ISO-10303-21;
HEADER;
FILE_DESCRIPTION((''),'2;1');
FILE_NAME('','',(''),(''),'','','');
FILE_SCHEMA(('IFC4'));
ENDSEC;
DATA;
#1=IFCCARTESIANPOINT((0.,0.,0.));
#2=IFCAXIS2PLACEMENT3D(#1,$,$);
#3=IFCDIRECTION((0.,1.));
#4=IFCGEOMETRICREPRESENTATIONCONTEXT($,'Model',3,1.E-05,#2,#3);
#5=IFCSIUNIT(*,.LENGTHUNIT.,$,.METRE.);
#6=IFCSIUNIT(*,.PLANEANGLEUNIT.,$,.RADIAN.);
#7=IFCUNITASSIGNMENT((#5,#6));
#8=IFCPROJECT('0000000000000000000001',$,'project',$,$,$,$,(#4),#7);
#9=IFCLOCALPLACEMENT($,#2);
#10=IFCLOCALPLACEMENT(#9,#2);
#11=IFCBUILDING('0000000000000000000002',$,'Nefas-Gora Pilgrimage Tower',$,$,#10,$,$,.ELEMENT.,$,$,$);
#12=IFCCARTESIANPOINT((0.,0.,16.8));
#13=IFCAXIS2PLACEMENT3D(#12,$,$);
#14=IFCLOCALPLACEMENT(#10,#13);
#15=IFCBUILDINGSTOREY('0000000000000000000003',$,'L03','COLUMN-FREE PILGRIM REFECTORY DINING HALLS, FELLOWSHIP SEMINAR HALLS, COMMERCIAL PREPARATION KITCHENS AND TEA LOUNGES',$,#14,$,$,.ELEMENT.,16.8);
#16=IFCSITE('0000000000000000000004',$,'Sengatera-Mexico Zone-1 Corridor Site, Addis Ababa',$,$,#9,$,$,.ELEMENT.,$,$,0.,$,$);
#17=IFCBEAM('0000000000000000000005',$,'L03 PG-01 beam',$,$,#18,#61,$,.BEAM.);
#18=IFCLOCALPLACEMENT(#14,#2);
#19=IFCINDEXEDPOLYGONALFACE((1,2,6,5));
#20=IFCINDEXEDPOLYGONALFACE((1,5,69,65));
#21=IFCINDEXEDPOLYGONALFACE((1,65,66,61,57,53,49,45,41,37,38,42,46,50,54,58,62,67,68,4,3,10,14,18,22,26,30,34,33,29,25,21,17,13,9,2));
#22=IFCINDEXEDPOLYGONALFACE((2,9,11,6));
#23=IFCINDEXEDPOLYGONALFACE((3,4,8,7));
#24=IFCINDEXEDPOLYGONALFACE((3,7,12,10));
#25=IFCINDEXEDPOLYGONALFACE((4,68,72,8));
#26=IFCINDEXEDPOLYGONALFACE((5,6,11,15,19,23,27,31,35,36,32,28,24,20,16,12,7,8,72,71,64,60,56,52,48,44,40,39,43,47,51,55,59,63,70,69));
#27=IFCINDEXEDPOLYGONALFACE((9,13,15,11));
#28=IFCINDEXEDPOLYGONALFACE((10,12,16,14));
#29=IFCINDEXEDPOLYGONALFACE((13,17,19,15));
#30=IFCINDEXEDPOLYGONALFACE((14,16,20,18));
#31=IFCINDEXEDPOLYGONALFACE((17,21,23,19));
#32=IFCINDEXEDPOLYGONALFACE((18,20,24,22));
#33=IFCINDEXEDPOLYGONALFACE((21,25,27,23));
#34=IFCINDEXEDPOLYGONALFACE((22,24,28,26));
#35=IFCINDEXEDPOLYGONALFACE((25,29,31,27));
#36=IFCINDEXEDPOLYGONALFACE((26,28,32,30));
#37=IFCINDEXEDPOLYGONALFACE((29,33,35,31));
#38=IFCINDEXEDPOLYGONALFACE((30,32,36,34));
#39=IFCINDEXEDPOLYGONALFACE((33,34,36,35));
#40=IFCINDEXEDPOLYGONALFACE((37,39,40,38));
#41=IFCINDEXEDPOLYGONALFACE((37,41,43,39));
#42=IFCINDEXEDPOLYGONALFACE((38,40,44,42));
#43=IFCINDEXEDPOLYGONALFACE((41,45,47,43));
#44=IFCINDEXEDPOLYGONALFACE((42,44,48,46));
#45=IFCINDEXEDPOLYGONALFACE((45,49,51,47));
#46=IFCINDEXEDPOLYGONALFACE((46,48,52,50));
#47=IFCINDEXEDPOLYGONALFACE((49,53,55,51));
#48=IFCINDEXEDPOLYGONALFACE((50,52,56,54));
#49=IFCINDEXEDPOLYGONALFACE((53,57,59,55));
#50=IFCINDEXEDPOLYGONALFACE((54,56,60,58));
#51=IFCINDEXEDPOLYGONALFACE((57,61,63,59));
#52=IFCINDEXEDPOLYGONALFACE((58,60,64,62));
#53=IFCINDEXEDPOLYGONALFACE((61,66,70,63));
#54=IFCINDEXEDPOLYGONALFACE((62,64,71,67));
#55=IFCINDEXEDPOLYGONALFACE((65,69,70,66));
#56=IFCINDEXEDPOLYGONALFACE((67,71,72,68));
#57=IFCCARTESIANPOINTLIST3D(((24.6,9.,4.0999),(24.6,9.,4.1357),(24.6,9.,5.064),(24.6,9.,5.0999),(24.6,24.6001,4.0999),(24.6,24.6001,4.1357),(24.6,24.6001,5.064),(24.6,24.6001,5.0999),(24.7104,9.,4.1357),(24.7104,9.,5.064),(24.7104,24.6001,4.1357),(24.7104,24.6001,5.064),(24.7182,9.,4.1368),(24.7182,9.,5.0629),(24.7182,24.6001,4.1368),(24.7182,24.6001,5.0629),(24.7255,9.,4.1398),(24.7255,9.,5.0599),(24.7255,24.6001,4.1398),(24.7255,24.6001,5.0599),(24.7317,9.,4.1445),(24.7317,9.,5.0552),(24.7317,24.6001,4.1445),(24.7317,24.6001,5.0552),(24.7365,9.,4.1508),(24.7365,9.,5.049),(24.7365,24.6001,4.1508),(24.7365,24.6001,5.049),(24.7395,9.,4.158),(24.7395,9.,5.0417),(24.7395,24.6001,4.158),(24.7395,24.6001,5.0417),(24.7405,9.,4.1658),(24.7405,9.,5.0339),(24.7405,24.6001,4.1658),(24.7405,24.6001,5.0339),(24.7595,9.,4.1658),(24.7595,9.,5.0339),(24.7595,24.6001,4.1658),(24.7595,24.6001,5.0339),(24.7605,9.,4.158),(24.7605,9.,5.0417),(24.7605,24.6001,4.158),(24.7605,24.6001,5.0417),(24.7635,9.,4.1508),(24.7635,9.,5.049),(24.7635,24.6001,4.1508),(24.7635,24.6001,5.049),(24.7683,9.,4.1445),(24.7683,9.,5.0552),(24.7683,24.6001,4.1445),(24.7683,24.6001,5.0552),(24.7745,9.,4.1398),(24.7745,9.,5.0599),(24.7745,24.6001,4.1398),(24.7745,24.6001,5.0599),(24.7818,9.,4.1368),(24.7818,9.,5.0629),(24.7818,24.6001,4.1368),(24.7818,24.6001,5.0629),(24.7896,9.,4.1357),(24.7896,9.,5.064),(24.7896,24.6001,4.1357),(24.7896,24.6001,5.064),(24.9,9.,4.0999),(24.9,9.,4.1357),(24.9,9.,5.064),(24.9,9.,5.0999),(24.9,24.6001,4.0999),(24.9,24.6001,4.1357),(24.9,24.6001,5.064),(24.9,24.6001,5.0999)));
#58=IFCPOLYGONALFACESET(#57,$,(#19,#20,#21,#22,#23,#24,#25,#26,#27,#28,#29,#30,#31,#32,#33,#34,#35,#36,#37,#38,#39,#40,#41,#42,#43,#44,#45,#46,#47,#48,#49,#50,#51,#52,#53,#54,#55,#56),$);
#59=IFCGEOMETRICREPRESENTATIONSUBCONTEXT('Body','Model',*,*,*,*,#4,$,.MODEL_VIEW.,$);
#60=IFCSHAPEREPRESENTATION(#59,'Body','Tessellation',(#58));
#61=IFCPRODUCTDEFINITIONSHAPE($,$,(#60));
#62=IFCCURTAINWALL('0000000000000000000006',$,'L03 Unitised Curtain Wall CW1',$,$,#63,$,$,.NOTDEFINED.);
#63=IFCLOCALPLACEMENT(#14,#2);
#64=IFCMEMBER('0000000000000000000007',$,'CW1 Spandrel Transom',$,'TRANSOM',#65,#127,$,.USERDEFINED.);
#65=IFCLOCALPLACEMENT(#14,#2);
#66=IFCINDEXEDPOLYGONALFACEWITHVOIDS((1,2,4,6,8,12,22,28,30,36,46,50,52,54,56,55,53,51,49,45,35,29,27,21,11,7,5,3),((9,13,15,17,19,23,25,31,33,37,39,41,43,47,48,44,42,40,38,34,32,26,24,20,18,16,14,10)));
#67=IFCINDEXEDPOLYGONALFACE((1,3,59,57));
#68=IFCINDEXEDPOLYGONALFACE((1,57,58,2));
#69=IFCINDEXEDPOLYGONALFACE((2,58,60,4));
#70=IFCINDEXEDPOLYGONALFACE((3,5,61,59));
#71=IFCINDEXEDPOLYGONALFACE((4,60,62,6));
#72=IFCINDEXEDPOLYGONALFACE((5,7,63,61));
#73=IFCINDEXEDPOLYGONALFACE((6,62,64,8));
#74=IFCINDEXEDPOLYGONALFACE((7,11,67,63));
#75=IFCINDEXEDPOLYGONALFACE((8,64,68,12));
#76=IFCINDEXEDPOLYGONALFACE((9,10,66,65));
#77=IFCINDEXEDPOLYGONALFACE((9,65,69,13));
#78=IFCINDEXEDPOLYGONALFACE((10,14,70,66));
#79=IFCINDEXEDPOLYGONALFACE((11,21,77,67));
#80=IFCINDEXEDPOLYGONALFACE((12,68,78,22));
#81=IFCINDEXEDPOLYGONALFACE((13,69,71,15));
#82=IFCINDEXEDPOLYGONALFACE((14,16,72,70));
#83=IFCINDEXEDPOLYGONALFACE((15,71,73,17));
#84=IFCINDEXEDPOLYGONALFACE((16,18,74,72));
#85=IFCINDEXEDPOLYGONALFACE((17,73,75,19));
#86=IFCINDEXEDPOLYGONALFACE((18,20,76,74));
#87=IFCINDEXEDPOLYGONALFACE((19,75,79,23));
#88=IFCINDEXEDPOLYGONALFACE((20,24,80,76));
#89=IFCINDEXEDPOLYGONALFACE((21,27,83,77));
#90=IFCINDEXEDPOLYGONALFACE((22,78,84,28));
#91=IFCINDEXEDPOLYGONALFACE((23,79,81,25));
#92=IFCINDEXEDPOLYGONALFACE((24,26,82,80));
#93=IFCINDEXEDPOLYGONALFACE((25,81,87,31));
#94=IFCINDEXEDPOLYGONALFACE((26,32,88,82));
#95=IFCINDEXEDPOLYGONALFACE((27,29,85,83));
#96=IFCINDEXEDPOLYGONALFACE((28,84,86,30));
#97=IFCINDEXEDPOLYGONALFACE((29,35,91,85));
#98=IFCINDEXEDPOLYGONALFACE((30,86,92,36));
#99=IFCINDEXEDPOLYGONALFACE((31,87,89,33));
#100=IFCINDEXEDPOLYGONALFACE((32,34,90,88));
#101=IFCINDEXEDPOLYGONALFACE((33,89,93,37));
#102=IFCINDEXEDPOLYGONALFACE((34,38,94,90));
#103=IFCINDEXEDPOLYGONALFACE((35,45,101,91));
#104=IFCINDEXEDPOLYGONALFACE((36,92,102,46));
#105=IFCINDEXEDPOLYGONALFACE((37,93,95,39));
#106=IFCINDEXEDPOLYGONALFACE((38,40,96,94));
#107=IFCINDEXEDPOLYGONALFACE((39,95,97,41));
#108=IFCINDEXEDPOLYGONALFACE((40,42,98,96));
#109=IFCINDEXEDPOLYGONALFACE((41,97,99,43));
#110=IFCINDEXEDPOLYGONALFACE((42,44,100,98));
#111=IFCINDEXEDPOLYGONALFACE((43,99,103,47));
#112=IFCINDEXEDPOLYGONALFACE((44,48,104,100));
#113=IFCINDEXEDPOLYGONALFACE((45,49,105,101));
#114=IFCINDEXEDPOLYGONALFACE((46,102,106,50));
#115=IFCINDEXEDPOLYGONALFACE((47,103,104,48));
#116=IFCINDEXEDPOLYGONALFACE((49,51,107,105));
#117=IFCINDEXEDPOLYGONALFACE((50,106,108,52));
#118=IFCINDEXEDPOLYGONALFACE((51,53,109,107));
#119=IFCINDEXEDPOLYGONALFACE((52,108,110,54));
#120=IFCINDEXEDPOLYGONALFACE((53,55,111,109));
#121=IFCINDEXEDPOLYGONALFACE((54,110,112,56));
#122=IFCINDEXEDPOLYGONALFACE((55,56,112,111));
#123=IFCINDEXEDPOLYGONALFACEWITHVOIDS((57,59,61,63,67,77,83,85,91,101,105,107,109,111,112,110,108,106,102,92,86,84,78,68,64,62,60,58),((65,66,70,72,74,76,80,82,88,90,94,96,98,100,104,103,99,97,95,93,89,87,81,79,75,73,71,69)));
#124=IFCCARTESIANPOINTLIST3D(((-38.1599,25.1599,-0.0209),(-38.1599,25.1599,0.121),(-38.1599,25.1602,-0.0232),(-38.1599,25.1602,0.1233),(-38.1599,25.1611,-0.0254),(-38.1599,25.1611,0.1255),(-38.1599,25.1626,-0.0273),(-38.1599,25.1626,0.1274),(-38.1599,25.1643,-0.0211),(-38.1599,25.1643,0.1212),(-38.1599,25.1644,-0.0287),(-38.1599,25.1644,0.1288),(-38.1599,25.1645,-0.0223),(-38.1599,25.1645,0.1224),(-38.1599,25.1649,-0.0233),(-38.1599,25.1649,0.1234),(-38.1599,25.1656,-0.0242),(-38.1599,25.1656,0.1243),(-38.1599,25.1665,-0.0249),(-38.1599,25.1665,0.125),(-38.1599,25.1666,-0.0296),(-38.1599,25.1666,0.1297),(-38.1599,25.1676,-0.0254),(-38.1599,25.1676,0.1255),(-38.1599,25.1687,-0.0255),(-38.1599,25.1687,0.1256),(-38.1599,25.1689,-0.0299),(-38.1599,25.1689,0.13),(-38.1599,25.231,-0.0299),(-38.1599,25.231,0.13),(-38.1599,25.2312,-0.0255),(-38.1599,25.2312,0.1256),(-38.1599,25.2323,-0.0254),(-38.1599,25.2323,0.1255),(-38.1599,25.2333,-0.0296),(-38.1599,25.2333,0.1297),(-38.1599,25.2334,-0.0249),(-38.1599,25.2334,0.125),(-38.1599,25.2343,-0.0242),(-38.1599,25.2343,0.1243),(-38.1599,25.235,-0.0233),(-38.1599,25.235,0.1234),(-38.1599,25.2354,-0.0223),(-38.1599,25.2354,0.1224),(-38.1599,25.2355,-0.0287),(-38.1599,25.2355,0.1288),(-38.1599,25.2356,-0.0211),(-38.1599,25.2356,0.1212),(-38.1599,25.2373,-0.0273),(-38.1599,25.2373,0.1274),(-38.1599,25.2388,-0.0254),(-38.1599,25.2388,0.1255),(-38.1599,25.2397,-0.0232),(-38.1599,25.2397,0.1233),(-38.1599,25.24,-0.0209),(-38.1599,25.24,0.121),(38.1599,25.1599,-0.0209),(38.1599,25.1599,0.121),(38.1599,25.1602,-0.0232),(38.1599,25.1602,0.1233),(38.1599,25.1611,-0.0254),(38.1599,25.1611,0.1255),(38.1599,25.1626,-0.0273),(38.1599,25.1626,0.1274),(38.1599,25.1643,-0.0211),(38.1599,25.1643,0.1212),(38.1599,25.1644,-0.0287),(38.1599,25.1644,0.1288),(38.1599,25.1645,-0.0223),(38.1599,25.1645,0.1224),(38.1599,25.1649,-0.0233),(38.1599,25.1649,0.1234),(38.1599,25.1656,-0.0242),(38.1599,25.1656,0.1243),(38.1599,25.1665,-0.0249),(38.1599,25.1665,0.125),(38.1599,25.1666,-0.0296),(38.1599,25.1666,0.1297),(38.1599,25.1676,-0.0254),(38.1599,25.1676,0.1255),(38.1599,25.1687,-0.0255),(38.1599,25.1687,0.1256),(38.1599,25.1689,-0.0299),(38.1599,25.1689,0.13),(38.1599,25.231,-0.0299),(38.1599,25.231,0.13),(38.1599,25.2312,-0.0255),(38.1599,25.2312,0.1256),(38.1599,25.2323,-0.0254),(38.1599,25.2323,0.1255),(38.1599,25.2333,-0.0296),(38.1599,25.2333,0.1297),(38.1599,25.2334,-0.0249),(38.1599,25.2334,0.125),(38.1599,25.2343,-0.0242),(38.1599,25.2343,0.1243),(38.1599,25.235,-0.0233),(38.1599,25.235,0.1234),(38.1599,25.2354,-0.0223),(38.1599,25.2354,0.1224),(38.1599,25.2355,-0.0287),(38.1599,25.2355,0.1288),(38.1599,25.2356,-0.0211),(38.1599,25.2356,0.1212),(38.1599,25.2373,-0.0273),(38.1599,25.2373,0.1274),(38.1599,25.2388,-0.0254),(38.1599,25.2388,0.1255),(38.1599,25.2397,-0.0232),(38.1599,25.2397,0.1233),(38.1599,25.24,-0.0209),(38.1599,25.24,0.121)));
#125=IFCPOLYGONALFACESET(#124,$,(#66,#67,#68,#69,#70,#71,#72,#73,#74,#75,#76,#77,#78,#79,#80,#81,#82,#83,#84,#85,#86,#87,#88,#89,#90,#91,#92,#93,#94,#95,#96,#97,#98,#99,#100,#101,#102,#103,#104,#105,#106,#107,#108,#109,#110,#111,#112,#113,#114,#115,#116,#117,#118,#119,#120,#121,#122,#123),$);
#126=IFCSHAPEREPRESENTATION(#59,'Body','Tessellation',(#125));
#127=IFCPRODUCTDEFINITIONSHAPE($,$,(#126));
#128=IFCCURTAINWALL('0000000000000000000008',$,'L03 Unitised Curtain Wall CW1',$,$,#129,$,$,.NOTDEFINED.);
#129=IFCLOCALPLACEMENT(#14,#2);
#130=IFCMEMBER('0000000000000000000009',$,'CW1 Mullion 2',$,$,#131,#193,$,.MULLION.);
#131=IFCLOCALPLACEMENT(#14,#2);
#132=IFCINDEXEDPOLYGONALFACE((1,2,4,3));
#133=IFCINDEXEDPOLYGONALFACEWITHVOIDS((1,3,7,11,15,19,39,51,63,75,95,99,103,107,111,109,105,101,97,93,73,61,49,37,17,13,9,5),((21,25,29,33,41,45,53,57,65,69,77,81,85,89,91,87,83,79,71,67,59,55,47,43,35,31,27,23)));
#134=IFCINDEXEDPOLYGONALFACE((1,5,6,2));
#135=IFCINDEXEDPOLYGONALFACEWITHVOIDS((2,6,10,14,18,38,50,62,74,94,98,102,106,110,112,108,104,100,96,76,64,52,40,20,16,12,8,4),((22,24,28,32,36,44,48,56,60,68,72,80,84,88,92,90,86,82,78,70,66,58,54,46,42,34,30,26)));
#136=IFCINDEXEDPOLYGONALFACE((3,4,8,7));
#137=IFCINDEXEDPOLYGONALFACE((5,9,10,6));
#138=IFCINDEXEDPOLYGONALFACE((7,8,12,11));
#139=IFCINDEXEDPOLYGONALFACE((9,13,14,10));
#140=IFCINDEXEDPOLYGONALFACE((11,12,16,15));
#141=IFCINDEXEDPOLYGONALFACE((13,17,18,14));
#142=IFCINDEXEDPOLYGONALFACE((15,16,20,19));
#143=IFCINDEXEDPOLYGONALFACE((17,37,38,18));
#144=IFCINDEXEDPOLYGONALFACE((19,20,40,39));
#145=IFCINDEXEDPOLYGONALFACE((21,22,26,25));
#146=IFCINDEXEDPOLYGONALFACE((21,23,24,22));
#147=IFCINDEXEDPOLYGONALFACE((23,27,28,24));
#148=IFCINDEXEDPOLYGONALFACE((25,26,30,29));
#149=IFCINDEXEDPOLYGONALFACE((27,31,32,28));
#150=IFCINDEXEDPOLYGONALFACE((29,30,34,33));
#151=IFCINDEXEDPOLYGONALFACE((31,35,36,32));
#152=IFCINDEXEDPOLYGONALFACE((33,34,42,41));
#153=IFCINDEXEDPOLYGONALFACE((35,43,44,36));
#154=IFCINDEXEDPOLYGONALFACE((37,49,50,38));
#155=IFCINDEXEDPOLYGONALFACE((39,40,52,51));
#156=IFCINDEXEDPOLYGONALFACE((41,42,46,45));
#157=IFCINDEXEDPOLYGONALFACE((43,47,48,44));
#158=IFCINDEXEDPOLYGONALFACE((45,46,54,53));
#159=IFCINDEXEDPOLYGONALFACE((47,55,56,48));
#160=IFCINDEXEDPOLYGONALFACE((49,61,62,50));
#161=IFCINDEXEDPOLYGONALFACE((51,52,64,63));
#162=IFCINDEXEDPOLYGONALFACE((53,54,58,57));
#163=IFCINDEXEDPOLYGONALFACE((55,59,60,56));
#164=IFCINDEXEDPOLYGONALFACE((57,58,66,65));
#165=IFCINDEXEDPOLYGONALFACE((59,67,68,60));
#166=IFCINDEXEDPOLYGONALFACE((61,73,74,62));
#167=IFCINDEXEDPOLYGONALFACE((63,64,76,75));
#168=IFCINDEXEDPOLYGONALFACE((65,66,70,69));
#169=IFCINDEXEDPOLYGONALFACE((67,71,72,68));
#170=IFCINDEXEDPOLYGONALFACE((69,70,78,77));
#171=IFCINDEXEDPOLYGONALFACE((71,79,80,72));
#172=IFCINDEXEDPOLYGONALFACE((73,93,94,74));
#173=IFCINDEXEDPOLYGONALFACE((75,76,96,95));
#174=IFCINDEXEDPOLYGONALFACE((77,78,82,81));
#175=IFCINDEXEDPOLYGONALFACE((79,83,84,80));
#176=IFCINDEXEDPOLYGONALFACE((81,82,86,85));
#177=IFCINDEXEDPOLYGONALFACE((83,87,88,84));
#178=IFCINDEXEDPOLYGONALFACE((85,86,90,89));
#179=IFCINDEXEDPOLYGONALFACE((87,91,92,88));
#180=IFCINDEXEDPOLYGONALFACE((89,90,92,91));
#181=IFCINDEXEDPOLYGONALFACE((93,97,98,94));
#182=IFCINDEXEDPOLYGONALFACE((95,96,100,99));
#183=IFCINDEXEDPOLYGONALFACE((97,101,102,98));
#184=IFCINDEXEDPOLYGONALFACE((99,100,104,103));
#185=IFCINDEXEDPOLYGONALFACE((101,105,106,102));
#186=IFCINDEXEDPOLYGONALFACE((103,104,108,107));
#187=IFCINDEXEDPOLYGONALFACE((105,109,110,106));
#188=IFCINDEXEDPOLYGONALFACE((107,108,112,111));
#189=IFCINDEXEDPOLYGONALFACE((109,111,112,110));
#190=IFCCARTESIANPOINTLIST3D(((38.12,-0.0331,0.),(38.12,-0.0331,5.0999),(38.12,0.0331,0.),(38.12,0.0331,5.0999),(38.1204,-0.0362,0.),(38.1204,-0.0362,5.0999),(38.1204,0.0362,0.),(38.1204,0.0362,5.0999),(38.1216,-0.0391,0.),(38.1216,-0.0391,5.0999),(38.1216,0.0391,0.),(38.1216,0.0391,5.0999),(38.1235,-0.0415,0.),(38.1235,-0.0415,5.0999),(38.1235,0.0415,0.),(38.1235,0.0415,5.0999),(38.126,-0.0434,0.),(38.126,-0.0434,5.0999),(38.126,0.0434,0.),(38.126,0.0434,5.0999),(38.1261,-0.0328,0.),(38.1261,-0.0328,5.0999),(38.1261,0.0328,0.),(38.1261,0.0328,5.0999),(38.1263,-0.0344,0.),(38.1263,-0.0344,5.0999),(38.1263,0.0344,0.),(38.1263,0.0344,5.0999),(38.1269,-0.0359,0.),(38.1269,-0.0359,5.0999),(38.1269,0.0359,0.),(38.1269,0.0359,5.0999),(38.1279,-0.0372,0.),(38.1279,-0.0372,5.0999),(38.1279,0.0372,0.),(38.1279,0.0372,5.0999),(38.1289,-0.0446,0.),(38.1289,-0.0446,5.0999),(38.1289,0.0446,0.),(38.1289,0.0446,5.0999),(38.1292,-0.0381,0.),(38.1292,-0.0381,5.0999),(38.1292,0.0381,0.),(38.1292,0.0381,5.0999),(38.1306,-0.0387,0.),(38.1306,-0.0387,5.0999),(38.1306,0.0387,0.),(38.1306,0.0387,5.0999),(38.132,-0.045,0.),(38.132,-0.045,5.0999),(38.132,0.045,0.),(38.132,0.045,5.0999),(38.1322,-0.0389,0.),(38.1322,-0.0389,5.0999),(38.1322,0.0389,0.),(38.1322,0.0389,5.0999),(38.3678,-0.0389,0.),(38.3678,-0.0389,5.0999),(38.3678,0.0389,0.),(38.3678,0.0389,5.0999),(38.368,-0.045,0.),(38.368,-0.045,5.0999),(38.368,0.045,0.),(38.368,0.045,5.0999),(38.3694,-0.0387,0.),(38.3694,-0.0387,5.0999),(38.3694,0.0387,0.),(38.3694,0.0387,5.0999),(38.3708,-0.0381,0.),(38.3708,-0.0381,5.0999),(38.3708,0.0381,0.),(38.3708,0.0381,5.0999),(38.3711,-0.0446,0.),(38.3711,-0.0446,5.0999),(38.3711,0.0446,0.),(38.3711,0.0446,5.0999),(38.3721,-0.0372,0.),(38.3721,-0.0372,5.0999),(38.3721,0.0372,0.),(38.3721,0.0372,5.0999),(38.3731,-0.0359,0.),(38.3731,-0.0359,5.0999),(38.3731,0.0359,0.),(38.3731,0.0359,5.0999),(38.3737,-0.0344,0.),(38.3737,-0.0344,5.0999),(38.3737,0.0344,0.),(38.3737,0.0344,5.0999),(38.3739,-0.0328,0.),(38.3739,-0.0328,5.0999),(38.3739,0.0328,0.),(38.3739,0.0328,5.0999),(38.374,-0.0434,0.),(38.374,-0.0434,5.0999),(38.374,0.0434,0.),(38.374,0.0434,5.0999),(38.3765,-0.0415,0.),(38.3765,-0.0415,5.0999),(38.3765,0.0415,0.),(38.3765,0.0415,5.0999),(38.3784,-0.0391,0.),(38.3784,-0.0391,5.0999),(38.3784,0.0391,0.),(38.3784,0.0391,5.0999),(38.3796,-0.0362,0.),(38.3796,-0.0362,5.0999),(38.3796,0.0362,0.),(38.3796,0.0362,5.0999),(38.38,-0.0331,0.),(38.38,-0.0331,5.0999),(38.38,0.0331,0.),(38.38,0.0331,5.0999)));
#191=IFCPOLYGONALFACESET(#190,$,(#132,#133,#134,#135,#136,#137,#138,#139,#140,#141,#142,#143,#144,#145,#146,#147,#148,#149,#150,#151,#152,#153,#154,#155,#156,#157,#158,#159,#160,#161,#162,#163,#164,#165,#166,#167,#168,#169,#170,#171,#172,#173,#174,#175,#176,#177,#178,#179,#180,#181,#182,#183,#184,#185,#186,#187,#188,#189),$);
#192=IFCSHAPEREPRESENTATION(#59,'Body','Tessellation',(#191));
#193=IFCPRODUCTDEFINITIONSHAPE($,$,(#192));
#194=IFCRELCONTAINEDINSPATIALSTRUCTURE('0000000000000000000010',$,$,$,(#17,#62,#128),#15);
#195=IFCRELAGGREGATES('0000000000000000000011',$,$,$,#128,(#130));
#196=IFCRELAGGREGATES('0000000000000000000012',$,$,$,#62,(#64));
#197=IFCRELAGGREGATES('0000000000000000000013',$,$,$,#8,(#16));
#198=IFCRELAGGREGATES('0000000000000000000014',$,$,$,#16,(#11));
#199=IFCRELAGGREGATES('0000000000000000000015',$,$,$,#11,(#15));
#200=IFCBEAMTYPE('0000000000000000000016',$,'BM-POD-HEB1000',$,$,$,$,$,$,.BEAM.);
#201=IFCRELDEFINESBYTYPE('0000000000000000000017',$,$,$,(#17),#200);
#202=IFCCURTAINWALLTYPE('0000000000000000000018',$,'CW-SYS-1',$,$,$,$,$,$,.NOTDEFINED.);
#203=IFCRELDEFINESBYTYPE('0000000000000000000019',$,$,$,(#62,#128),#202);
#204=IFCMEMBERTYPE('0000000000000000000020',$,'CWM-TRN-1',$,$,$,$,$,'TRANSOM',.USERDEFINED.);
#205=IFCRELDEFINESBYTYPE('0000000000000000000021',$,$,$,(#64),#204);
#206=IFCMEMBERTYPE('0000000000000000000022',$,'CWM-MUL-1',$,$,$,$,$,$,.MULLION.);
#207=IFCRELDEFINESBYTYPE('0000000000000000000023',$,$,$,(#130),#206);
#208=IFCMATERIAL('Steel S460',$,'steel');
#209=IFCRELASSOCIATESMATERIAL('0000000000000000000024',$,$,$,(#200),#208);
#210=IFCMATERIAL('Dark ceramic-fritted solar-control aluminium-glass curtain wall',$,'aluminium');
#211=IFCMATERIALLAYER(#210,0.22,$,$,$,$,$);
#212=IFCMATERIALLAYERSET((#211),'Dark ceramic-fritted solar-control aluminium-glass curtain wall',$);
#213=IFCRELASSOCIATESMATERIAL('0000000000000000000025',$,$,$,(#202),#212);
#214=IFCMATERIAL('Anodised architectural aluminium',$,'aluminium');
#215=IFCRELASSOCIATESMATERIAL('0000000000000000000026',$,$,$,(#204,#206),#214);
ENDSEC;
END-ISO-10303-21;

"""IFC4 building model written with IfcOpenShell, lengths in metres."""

from ifc_helpers import new_model, si_unit, direction, frame, origin, origin_2d, place, context, subcontext, project, spatial, hollow_rectangle, i_section, extrude, source, transform, mapped, material, layer, layer_set, material_profile, profile_set, type_object, element, aggregate, save


model = new_model("IFC4")

# Units and contexts
model_context = context("Model", 3, precision=1e-05, world=origin(), true_north=direction((0.0, 1.0)))
body_context = subcontext(model_context, "Body", "Model", "MODEL_VIEW")
ifc_project = project(units=[si_unit("LENGTHUNIT", "METRE"), si_unit("PLANEANGLEUNIT", "RADIAN")], contexts=[model_context])

# Site, building, storey
site_placement = place(None, origin())
site = spatial("IfcSite", under=ifc_project, at=site_placement, Name="Sengatera-Mexico Zone-1 Corridor Site, Addis Ababa", CompositionType="ELEMENT", RefElevation=0.0)
building_placement = place(site_placement, origin())
building = spatial("IfcBuilding", under=site, at=building_placement, Name="Nefas-Gora Pilgrimage Tower", CompositionType="ELEMENT")
storey_placement = place(building_placement, frame((0.0, 0.0, 16.8)))
storey = spatial("IfcBuildingStorey", under=building, at=storey_placement, Name="L03", Description="COLUMN-FREE PILGRIM REFECTORY DINING HALLS, FELLOWSHIP SEMINAR HALLS, COMMERCIAL PREPARATION KITCHENS AND TEA LOUNGES", CompositionType="ELEMENT", Elevation=16.8)

# Shared definitions
ifc_material_1 = material(Name="Steel S460", Category="steel")

# Beam
ifc_material_profile_1 = material_profile(ifc_material_1, i_section(OverallWidth=0.3, OverallDepth=1.0, WebThickness=0.019, FlangeThickness=0.0359, FilletRadius=0.03, at=origin_2d()), Name="HEB 1000")
ifc_profile_set_1 = profile_set([ifc_material_profile_1], Name="Steel S460")
beam_type_1 = type_object("IfcBeamType", Name="BM-POD-HEB1000", PredefinedType="BEAM", material=ifc_profile_set_1)
shared_shape_1 = source(origin(), body_context, "Body", "SweptSolid", [
    extrude(i_section(OverallWidth=0.3, OverallDepth=1.0, WebThickness=0.019, FlangeThickness=0.0359, FilletRadius=0.03, at=origin_2d()), origin(), (0.0, 0.0, 1.0), 15.6001),
])
beam_1_placement = place(storey_placement, frame((24.75, 9.0, 4.5999), z_axis=(0.0, 1.0, 0.0), x_axis=(-1.0, 0.0, 0.0)))
element("IfcBeam", 1, at=beam_1_placement, inside=storey, type_object=beam_type_1, Name="L03 PG-01 beam", PredefinedType="BEAM", context=body_context, shape_type="MappedRepresentation", body=[
    mapped(shared_shape_1, transform((0.0, 0.0, 0.0), x_axis=(1.0, 0.0, 0.0), y_axis=(0.0, 1.0, 0.0), z_axis=(0.0, 0.0, 1.0), scale=1.0)),
])

# Curtain wall, member
ifc_material_2 = material(Name="Dark ceramic-fritted solar-control aluminium-glass curtain wall", Category="aluminium")
ifc_layer_1 = layer(ifc_material_2, 0.22)
ifc_layer_set_1 = layer_set([ifc_layer_1], Name="Dark ceramic-fritted solar-control aluminium-glass curtain wall")
curtain_wall_type = type_object("IfcCurtainWallType", Name="CW-SYS-1", PredefinedType="NOTDEFINED", material=ifc_layer_set_1)
curtain_wall_1_placement = place(storey_placement, origin())
curtain_wall_1 = element("IfcCurtainWall", 2, at=curtain_wall_1_placement, inside=storey, type_object=curtain_wall_type, Name="L03 Unitised Curtain Wall CW1", PredefinedType="NOTDEFINED")
ifc_material_3 = material(Name="Anodised architectural aluminium", Category="aluminium")
ifc_material_profile_2 = material_profile(ifc_material_3, hollow_rectangle(XDim=0.0801, YDim=0.1599, WallThickness=0.0044, InnerFilletRadius=0.0044, OuterFilletRadius=0.009, at=origin_2d()), Name="ALU TRANSOM 80x160")
ifc_profile_set_2 = profile_set([ifc_material_profile_2], Name="Anodised architectural aluminium")
member_type_1 = type_object("IfcMemberType", Name="CWM-TRN-1", ElementType="TRANSOM", PredefinedType="USERDEFINED", material=ifc_profile_set_2)
shared_shape_2 = source(origin(), body_context, "Body", "SweptSolid", [
    extrude(hollow_rectangle(XDim=0.0801, YDim=0.1599, WallThickness=0.0044, InnerFilletRadius=0.0044, OuterFilletRadius=0.009, at=origin_2d()), origin(), (0.0, 0.0, 1.0), 76.3198),
])
member_1_placement = place(storey_placement, frame((38.1599, 25.2, 0.05), z_axis=(-1.0, 0.0, 0.0), x_axis=(0.0, -1.0, 0.0)))
member_1 = element("IfcMember", 3, at=member_1_placement, type_object=member_type_1, Name="CW1 Spandrel Transom", ObjectType="TRANSOM", PredefinedType="USERDEFINED", context=body_context, shape_type="MappedRepresentation", body=[
    mapped(shared_shape_2, transform((0.0, 0.0, 0.0), x_axis=(1.0, 0.0, 0.0), y_axis=(0.0, 1.0, 0.0), z_axis=(0.0, 0.0, 1.0), scale=1.0)),
])

# Curtain wall, member
curtain_wall_2_placement = place(storey_placement, origin())
curtain_wall_2 = element("IfcCurtainWall", 4, at=curtain_wall_2_placement, inside=storey, type_object=curtain_wall_type, Name="L03 Unitised Curtain Wall CW1", PredefinedType="NOTDEFINED")
ifc_material_profile_3 = material_profile(ifc_material_3, hollow_rectangle(XDim=0.0901, YDim=0.26, WallThickness=0.0061, InnerFilletRadius=0.0061, OuterFilletRadius=0.012, at=origin_2d()), Name="ALU MULLION 90x260")
ifc_profile_set_3 = profile_set([ifc_material_profile_3], Name="Anodised architectural aluminium")
member_type_2 = type_object("IfcMemberType", Name="CWM-MUL-1", PredefinedType="MULLION", material=ifc_profile_set_3)
shared_shape_3 = source(origin(), body_context, "Body", "SweptSolid", [
    extrude(hollow_rectangle(XDim=0.0901, YDim=0.26, WallThickness=0.0061, InnerFilletRadius=0.0061, OuterFilletRadius=0.012, at=origin_2d()), origin(), (0.0, 0.0, 1.0), 5.0999),
])
member_2_placement = place(storey_placement, frame((38.25, 0.0, 0.0), z_axis=(0.0, 0.0, 1.0), x_axis=(0.0, 1.0, 0.0)))
member_2 = element("IfcMember", 5, at=member_2_placement, type_object=member_type_2, Name="CW1 Mullion 2", PredefinedType="MULLION", context=body_context, shape_type="MappedRepresentation", body=[
    mapped(shared_shape_3, transform((0.0, 0.0, 0.0), x_axis=(1.0, 0.0, 0.0), y_axis=(0.0, 1.0, 0.0), z_axis=(0.0, 0.0, 1.0), scale=1.0)),
])

aggregate(curtain_wall_2, [member_2])
aggregate(curtain_wall_1, [member_1])

save(model, "model.ifc")
